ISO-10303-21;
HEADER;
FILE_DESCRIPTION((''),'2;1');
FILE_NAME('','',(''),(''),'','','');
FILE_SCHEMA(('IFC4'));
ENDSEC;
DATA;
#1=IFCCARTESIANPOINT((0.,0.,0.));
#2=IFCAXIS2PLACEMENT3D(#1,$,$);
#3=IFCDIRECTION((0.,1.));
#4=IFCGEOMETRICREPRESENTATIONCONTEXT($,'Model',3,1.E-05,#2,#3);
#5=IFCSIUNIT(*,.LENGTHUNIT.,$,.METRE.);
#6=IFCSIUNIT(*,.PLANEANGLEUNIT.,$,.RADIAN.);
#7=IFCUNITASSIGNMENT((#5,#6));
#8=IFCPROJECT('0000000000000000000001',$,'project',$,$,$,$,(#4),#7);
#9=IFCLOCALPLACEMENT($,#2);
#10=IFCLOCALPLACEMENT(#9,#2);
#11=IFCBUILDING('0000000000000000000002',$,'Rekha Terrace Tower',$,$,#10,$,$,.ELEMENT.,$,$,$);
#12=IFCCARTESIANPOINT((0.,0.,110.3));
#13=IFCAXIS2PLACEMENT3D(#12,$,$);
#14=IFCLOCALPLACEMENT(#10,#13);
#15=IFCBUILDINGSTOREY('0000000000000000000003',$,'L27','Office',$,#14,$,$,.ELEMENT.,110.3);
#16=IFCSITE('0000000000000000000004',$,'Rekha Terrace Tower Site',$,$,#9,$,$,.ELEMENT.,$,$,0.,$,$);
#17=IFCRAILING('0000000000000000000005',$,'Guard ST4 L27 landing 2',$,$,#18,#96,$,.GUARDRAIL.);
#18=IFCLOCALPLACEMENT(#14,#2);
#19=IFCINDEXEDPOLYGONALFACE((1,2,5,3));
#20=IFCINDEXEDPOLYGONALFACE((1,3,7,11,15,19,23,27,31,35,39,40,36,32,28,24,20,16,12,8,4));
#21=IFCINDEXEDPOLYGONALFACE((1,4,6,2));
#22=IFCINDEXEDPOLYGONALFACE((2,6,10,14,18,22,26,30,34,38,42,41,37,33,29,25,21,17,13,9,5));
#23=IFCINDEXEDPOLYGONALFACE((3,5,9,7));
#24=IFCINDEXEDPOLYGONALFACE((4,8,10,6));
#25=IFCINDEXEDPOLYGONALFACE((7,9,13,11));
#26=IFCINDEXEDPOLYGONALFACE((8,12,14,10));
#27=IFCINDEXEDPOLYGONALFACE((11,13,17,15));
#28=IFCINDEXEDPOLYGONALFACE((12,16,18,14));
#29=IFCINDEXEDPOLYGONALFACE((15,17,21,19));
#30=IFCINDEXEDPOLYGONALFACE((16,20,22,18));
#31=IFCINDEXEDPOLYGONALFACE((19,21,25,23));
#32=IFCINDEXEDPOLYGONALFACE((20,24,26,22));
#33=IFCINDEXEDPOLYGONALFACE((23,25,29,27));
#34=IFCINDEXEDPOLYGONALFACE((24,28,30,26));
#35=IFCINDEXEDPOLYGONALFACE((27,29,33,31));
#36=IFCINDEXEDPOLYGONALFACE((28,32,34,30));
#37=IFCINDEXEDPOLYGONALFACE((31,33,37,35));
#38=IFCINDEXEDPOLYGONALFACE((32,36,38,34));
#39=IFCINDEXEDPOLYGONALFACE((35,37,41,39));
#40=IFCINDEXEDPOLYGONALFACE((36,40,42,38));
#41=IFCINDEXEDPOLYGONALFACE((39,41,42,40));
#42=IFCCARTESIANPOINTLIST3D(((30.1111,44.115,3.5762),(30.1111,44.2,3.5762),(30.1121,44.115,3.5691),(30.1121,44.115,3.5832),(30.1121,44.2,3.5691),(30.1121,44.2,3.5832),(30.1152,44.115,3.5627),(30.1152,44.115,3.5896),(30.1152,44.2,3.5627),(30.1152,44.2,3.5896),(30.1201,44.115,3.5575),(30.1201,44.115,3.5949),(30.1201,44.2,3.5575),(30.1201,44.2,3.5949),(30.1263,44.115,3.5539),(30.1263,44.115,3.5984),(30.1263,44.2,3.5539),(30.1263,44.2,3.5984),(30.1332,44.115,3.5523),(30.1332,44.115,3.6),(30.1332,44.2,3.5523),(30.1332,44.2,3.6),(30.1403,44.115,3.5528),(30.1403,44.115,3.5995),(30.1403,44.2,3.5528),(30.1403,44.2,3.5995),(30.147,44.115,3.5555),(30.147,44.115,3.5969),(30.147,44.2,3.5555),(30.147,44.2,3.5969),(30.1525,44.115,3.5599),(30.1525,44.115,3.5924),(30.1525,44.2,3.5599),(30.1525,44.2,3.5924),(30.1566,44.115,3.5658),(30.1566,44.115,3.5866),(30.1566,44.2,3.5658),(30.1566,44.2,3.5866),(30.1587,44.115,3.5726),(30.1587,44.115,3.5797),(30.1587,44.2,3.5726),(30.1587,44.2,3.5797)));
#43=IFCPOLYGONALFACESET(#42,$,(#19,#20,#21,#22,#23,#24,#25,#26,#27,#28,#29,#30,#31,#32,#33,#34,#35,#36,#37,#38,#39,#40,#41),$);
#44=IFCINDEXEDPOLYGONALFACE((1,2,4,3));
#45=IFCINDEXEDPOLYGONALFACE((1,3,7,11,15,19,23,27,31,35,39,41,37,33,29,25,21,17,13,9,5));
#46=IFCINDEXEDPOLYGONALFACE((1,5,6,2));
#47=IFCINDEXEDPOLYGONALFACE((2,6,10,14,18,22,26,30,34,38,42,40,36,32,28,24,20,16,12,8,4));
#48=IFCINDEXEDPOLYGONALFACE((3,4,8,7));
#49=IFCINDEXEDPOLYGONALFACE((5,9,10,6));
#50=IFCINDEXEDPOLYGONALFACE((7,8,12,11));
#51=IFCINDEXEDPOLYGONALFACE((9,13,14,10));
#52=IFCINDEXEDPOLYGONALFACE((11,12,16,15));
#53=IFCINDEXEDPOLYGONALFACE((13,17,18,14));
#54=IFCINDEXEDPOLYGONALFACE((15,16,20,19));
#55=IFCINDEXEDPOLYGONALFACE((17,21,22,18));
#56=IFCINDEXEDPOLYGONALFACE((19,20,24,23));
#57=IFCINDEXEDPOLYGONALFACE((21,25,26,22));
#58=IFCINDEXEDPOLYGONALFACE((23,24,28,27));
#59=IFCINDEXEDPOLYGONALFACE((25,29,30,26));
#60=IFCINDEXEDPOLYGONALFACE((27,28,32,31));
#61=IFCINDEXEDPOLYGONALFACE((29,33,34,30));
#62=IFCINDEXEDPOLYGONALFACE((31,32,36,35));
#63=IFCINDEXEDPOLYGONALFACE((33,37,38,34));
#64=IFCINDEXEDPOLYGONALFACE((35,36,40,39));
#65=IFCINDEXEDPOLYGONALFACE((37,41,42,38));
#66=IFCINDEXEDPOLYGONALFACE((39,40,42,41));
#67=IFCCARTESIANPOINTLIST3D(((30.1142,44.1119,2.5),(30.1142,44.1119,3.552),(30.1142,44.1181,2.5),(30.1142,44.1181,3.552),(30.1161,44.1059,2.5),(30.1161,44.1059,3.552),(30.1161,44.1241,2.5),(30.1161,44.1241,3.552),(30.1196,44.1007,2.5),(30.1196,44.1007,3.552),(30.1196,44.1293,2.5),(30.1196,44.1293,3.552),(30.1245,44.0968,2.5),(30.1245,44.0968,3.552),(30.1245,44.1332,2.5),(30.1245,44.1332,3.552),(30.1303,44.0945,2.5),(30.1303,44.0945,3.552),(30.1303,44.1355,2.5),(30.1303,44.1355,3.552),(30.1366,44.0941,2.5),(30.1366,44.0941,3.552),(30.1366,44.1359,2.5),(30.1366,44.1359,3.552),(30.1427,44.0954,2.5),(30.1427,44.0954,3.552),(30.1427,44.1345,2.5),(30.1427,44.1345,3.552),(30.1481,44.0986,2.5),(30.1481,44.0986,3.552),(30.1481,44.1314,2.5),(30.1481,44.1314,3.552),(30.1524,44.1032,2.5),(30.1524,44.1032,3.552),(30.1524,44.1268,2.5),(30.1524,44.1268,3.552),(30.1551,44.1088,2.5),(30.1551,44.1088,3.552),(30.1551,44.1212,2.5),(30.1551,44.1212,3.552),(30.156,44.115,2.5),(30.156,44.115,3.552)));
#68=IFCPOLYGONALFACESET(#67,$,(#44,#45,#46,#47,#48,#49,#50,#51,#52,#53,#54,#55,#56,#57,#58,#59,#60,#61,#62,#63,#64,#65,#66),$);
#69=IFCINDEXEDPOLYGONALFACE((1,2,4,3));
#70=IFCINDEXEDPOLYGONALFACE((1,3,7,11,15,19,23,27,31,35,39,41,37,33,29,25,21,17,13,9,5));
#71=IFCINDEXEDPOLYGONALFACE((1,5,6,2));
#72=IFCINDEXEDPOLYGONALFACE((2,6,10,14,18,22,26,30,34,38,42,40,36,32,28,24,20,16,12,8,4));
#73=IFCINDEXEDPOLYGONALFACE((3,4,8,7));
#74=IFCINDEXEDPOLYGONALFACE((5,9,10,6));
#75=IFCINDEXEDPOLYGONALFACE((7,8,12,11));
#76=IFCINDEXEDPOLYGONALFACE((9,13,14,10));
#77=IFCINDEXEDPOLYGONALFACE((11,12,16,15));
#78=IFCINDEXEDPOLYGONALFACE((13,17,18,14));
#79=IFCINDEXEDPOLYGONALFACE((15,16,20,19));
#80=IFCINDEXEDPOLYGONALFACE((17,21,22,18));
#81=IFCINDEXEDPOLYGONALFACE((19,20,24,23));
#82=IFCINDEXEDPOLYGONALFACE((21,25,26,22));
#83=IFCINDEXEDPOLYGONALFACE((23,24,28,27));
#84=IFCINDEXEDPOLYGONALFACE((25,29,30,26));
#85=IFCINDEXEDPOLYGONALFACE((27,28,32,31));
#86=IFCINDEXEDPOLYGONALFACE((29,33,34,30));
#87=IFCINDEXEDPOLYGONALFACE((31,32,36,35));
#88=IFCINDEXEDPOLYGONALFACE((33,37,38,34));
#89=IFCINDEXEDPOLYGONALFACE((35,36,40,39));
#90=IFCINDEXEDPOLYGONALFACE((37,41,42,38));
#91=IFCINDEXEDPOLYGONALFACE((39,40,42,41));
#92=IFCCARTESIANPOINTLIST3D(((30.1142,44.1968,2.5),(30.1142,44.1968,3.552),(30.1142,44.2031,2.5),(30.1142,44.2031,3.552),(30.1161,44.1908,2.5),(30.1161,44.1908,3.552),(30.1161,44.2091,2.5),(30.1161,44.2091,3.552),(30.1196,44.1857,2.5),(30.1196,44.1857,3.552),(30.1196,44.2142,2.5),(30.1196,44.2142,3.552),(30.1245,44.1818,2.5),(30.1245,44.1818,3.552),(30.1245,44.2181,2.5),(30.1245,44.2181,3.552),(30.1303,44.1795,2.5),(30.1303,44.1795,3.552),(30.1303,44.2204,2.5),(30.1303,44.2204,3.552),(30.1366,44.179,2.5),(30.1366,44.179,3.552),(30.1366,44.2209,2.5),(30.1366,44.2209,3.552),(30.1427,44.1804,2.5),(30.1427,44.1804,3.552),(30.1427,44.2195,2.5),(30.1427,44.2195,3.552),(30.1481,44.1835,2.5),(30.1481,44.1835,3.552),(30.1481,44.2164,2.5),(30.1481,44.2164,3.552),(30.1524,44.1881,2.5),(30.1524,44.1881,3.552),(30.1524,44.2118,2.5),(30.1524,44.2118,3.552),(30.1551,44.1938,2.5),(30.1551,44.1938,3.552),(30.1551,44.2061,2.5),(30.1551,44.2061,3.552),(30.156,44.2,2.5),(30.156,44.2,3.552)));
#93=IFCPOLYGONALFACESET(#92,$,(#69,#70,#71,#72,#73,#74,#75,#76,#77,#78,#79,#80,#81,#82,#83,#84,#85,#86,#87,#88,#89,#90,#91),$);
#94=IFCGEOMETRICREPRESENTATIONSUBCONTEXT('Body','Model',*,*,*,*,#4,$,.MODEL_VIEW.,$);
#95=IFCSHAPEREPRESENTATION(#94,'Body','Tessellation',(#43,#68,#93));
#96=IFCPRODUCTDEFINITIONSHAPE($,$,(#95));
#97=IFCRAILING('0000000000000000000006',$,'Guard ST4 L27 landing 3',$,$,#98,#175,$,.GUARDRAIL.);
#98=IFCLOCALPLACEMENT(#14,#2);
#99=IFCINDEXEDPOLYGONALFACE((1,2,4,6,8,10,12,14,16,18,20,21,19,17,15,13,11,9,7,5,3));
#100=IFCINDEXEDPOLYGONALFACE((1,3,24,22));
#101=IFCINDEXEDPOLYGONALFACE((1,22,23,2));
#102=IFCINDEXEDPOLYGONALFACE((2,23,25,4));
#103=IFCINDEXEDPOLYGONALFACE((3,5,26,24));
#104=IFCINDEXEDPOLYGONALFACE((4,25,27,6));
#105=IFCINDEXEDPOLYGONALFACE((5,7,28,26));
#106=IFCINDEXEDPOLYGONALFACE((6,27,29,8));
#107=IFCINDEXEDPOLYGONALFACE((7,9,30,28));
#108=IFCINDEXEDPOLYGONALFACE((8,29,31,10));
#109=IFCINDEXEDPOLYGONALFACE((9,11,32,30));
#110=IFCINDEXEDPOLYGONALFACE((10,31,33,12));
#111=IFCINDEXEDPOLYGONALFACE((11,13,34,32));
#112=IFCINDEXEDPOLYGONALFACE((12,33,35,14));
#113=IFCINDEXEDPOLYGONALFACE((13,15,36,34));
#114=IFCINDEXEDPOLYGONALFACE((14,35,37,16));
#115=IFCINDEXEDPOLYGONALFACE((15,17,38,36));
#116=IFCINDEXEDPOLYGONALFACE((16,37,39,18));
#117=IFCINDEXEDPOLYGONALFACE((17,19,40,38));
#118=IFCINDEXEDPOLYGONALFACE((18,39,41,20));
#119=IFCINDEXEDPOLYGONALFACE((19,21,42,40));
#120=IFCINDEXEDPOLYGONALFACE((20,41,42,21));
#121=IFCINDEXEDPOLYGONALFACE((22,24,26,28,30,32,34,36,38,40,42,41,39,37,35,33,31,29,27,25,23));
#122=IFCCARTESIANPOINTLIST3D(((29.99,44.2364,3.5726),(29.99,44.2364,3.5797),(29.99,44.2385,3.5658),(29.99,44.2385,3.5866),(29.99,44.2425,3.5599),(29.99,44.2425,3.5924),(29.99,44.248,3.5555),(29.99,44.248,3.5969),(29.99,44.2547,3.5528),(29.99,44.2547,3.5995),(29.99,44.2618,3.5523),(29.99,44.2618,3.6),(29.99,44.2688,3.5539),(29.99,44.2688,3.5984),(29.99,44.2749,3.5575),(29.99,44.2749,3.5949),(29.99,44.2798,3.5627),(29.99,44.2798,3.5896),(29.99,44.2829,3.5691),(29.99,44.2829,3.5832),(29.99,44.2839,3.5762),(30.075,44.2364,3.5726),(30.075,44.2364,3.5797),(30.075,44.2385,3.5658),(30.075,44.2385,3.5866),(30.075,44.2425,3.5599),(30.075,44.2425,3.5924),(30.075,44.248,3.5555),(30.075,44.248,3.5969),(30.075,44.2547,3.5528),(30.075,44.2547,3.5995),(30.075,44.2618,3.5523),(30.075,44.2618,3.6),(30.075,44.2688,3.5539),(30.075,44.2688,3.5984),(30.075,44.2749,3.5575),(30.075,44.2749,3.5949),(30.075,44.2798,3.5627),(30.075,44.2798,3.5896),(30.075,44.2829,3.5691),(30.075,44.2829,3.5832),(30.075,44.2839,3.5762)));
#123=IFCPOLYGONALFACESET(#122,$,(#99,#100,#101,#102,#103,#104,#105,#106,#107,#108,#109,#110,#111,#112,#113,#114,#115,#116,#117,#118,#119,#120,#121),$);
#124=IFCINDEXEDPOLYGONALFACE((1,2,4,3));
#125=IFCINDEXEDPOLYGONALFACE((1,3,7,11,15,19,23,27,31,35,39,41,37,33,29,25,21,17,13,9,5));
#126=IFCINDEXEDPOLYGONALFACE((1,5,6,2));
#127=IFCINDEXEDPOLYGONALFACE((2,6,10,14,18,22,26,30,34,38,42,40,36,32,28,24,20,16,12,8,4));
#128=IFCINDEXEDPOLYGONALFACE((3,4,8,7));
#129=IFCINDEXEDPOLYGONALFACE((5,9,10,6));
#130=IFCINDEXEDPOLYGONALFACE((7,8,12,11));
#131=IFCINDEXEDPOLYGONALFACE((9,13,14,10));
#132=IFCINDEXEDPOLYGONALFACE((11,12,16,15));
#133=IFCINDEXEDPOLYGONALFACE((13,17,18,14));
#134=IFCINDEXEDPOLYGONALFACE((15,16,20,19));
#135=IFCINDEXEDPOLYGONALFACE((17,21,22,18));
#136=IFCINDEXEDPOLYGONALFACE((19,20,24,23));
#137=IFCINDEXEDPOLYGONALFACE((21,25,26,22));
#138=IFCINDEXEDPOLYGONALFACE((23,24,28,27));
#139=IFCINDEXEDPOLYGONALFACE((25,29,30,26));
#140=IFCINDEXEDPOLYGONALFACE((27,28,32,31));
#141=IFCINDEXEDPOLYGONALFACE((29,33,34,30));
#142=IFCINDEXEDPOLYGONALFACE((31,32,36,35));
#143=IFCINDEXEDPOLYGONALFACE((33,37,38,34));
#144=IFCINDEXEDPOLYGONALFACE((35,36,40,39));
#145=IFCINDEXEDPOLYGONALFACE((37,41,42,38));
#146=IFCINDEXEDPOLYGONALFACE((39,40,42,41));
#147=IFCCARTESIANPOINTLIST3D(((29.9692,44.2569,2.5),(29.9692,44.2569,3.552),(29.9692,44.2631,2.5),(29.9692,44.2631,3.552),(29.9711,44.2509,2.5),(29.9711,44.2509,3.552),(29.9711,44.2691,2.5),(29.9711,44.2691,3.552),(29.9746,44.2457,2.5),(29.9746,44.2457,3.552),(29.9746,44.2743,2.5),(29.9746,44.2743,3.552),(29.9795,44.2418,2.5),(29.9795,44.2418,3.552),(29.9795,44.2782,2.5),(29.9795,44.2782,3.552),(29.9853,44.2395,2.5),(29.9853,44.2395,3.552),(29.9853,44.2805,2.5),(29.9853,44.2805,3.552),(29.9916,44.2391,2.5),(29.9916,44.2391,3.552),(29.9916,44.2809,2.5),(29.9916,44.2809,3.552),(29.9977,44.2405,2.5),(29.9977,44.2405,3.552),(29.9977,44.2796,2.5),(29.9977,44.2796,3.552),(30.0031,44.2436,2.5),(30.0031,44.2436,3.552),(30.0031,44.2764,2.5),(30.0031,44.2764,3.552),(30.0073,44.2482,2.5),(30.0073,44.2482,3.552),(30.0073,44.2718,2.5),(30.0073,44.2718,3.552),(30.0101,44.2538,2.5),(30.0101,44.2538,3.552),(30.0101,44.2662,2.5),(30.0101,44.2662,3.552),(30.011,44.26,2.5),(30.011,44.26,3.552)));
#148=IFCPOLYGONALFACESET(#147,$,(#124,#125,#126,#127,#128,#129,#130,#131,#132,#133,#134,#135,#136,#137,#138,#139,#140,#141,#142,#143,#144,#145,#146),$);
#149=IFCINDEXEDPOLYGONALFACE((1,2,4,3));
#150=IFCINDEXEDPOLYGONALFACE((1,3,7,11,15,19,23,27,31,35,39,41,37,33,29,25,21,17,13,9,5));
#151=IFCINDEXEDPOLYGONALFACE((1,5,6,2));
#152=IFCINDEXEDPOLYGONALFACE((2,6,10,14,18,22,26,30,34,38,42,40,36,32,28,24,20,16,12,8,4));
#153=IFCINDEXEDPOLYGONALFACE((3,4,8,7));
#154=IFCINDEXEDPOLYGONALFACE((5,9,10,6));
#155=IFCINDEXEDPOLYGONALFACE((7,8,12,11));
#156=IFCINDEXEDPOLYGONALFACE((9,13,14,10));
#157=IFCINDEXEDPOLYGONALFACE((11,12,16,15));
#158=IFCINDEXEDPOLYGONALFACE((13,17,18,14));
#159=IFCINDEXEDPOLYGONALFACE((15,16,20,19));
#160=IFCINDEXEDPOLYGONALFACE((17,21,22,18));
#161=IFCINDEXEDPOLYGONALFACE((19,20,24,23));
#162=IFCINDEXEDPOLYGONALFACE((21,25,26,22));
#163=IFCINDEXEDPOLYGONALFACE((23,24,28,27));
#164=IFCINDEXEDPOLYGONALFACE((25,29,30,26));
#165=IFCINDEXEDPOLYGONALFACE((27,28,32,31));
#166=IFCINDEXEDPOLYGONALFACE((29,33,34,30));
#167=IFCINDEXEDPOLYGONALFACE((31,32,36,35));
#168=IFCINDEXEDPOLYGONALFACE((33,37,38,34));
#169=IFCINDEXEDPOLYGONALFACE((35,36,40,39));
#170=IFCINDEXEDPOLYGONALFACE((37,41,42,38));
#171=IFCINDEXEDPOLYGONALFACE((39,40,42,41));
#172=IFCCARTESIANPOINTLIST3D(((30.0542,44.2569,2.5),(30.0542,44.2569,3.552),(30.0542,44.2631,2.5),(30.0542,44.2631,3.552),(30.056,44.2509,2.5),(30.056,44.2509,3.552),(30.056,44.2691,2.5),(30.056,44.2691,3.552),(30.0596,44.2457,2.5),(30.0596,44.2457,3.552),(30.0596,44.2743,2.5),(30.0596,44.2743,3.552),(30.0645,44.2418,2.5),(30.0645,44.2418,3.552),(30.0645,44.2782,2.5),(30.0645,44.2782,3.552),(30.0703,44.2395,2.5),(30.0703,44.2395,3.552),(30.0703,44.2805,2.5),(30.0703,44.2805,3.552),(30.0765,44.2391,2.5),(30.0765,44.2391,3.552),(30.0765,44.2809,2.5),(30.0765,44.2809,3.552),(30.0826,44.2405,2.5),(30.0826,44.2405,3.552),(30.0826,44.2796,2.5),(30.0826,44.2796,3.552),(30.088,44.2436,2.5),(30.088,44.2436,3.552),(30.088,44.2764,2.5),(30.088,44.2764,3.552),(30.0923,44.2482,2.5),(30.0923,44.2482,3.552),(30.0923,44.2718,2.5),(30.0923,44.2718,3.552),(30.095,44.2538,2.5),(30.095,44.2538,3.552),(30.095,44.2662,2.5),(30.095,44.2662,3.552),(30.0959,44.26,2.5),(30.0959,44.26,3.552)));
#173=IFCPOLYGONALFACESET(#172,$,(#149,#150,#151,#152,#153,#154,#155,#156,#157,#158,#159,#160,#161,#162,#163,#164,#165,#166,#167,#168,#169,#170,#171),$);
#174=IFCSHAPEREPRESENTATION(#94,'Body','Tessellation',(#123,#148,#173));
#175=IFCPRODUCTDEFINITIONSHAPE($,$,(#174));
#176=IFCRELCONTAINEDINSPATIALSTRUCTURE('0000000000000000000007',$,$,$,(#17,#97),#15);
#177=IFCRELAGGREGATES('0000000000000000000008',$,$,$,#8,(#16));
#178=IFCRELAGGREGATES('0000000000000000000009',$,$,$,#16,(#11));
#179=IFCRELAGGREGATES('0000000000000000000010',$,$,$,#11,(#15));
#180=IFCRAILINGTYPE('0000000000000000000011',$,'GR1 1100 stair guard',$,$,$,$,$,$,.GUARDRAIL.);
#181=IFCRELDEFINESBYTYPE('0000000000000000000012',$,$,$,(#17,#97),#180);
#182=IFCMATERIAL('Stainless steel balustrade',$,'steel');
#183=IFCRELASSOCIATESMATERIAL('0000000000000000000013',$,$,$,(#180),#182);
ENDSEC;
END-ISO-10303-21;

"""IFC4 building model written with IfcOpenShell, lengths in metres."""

from ifc_helpers import new_model, si_unit, direction, frame, origin, origin_2d, place, context, subcontext, project, spatial, circle, extrude, material, type_object, element, save


model = new_model("IFC4")

# Units and contexts
model_context = context("Model", 3, precision=1e-05, world=origin(), true_north=direction((0.0, 1.0)))
body_context = subcontext(model_context, "Body", "Model", "MODEL_VIEW")
ifc_project = project(units=[si_unit("LENGTHUNIT", "METRE"), si_unit("PLANEANGLEUNIT", "RADIAN")], contexts=[model_context])

# Site, building, storey
site_placement = place(None, origin())
site = spatial("IfcSite", under=ifc_project, at=site_placement, Name="Rekha Terrace Tower Site", CompositionType="ELEMENT", RefElevation=0.0)
building_placement = place(site_placement, origin())
building = spatial("IfcBuilding", under=site, at=building_placement, Name="Rekha Terrace Tower", CompositionType="ELEMENT")
storey_placement = place(building_placement, frame((0.0, 0.0, 110.3)))
storey = spatial("IfcBuildingStorey", under=building, at=storey_placement, Name="L27", Description="Office", CompositionType="ELEMENT", Elevation=110.3)

# Railings
ifc_material_1 = material(Name="Stainless steel balustrade", Category="steel")
railing_type_1 = type_object("IfcRailingType", Name="GR1 1100 stair guard", PredefinedType="GUARDRAIL", material=ifc_material_1)
railing_1_placement = place(storey_placement, frame((30.135, 44.115, 2.5)))
element("IfcRailing", 1, at=railing_1_placement, inside=storey, type_object=railing_type_1, Name="Guard ST4 L27 landing 2", PredefinedType="GUARDRAIL", context=body_context, shape_type="SweptSolid", body=[
    extrude(circle(Radius=0.0239, at=origin_2d()), frame((0.0, 0.0, 1.0762), z_axis=(0.0, 1.0, 0.0), x_axis=(-1.0, 0.0, 0.0)), (0.0, 0.0, 1.0), 0.085),
    extrude(circle(Radius=0.021, at=origin_2d()), origin(), (0.0, 0.0, 1.0), 1.052),
    extrude(circle(Radius=0.021, at=origin_2d()), frame((0.0, 0.085, 0.0)), (0.0, 0.0, 1.0), 1.052),
])
railing_2_placement = place(storey_placement, frame((29.99, 44.26, 2.5)))
element("IfcRailing", 2, at=railing_2_placement, inside=storey, type_object=railing_type_1, Name="Guard ST4 L27 landing 3", PredefinedType="GUARDRAIL", context=body_context, shape_type="SweptSolid", body=[
    extrude(circle(Radius=0.0239, at=origin_2d()), frame((0.0, 0.0, 1.0762), z_axis=(1.0, 0.0, 0.0), x_axis=(0.0, 1.0, 0.0)), (0.0, 0.0, 1.0), 0.085),
    extrude(circle(Radius=0.021, at=origin_2d()), origin(), (0.0, 0.0, 1.0), 1.052),
    extrude(circle(Radius=0.021, at=origin_2d()), frame((0.085, 0.0, 0.0)), (0.0, 0.0, 1.0), 1.052),
])

save(model, "model.ifc")
